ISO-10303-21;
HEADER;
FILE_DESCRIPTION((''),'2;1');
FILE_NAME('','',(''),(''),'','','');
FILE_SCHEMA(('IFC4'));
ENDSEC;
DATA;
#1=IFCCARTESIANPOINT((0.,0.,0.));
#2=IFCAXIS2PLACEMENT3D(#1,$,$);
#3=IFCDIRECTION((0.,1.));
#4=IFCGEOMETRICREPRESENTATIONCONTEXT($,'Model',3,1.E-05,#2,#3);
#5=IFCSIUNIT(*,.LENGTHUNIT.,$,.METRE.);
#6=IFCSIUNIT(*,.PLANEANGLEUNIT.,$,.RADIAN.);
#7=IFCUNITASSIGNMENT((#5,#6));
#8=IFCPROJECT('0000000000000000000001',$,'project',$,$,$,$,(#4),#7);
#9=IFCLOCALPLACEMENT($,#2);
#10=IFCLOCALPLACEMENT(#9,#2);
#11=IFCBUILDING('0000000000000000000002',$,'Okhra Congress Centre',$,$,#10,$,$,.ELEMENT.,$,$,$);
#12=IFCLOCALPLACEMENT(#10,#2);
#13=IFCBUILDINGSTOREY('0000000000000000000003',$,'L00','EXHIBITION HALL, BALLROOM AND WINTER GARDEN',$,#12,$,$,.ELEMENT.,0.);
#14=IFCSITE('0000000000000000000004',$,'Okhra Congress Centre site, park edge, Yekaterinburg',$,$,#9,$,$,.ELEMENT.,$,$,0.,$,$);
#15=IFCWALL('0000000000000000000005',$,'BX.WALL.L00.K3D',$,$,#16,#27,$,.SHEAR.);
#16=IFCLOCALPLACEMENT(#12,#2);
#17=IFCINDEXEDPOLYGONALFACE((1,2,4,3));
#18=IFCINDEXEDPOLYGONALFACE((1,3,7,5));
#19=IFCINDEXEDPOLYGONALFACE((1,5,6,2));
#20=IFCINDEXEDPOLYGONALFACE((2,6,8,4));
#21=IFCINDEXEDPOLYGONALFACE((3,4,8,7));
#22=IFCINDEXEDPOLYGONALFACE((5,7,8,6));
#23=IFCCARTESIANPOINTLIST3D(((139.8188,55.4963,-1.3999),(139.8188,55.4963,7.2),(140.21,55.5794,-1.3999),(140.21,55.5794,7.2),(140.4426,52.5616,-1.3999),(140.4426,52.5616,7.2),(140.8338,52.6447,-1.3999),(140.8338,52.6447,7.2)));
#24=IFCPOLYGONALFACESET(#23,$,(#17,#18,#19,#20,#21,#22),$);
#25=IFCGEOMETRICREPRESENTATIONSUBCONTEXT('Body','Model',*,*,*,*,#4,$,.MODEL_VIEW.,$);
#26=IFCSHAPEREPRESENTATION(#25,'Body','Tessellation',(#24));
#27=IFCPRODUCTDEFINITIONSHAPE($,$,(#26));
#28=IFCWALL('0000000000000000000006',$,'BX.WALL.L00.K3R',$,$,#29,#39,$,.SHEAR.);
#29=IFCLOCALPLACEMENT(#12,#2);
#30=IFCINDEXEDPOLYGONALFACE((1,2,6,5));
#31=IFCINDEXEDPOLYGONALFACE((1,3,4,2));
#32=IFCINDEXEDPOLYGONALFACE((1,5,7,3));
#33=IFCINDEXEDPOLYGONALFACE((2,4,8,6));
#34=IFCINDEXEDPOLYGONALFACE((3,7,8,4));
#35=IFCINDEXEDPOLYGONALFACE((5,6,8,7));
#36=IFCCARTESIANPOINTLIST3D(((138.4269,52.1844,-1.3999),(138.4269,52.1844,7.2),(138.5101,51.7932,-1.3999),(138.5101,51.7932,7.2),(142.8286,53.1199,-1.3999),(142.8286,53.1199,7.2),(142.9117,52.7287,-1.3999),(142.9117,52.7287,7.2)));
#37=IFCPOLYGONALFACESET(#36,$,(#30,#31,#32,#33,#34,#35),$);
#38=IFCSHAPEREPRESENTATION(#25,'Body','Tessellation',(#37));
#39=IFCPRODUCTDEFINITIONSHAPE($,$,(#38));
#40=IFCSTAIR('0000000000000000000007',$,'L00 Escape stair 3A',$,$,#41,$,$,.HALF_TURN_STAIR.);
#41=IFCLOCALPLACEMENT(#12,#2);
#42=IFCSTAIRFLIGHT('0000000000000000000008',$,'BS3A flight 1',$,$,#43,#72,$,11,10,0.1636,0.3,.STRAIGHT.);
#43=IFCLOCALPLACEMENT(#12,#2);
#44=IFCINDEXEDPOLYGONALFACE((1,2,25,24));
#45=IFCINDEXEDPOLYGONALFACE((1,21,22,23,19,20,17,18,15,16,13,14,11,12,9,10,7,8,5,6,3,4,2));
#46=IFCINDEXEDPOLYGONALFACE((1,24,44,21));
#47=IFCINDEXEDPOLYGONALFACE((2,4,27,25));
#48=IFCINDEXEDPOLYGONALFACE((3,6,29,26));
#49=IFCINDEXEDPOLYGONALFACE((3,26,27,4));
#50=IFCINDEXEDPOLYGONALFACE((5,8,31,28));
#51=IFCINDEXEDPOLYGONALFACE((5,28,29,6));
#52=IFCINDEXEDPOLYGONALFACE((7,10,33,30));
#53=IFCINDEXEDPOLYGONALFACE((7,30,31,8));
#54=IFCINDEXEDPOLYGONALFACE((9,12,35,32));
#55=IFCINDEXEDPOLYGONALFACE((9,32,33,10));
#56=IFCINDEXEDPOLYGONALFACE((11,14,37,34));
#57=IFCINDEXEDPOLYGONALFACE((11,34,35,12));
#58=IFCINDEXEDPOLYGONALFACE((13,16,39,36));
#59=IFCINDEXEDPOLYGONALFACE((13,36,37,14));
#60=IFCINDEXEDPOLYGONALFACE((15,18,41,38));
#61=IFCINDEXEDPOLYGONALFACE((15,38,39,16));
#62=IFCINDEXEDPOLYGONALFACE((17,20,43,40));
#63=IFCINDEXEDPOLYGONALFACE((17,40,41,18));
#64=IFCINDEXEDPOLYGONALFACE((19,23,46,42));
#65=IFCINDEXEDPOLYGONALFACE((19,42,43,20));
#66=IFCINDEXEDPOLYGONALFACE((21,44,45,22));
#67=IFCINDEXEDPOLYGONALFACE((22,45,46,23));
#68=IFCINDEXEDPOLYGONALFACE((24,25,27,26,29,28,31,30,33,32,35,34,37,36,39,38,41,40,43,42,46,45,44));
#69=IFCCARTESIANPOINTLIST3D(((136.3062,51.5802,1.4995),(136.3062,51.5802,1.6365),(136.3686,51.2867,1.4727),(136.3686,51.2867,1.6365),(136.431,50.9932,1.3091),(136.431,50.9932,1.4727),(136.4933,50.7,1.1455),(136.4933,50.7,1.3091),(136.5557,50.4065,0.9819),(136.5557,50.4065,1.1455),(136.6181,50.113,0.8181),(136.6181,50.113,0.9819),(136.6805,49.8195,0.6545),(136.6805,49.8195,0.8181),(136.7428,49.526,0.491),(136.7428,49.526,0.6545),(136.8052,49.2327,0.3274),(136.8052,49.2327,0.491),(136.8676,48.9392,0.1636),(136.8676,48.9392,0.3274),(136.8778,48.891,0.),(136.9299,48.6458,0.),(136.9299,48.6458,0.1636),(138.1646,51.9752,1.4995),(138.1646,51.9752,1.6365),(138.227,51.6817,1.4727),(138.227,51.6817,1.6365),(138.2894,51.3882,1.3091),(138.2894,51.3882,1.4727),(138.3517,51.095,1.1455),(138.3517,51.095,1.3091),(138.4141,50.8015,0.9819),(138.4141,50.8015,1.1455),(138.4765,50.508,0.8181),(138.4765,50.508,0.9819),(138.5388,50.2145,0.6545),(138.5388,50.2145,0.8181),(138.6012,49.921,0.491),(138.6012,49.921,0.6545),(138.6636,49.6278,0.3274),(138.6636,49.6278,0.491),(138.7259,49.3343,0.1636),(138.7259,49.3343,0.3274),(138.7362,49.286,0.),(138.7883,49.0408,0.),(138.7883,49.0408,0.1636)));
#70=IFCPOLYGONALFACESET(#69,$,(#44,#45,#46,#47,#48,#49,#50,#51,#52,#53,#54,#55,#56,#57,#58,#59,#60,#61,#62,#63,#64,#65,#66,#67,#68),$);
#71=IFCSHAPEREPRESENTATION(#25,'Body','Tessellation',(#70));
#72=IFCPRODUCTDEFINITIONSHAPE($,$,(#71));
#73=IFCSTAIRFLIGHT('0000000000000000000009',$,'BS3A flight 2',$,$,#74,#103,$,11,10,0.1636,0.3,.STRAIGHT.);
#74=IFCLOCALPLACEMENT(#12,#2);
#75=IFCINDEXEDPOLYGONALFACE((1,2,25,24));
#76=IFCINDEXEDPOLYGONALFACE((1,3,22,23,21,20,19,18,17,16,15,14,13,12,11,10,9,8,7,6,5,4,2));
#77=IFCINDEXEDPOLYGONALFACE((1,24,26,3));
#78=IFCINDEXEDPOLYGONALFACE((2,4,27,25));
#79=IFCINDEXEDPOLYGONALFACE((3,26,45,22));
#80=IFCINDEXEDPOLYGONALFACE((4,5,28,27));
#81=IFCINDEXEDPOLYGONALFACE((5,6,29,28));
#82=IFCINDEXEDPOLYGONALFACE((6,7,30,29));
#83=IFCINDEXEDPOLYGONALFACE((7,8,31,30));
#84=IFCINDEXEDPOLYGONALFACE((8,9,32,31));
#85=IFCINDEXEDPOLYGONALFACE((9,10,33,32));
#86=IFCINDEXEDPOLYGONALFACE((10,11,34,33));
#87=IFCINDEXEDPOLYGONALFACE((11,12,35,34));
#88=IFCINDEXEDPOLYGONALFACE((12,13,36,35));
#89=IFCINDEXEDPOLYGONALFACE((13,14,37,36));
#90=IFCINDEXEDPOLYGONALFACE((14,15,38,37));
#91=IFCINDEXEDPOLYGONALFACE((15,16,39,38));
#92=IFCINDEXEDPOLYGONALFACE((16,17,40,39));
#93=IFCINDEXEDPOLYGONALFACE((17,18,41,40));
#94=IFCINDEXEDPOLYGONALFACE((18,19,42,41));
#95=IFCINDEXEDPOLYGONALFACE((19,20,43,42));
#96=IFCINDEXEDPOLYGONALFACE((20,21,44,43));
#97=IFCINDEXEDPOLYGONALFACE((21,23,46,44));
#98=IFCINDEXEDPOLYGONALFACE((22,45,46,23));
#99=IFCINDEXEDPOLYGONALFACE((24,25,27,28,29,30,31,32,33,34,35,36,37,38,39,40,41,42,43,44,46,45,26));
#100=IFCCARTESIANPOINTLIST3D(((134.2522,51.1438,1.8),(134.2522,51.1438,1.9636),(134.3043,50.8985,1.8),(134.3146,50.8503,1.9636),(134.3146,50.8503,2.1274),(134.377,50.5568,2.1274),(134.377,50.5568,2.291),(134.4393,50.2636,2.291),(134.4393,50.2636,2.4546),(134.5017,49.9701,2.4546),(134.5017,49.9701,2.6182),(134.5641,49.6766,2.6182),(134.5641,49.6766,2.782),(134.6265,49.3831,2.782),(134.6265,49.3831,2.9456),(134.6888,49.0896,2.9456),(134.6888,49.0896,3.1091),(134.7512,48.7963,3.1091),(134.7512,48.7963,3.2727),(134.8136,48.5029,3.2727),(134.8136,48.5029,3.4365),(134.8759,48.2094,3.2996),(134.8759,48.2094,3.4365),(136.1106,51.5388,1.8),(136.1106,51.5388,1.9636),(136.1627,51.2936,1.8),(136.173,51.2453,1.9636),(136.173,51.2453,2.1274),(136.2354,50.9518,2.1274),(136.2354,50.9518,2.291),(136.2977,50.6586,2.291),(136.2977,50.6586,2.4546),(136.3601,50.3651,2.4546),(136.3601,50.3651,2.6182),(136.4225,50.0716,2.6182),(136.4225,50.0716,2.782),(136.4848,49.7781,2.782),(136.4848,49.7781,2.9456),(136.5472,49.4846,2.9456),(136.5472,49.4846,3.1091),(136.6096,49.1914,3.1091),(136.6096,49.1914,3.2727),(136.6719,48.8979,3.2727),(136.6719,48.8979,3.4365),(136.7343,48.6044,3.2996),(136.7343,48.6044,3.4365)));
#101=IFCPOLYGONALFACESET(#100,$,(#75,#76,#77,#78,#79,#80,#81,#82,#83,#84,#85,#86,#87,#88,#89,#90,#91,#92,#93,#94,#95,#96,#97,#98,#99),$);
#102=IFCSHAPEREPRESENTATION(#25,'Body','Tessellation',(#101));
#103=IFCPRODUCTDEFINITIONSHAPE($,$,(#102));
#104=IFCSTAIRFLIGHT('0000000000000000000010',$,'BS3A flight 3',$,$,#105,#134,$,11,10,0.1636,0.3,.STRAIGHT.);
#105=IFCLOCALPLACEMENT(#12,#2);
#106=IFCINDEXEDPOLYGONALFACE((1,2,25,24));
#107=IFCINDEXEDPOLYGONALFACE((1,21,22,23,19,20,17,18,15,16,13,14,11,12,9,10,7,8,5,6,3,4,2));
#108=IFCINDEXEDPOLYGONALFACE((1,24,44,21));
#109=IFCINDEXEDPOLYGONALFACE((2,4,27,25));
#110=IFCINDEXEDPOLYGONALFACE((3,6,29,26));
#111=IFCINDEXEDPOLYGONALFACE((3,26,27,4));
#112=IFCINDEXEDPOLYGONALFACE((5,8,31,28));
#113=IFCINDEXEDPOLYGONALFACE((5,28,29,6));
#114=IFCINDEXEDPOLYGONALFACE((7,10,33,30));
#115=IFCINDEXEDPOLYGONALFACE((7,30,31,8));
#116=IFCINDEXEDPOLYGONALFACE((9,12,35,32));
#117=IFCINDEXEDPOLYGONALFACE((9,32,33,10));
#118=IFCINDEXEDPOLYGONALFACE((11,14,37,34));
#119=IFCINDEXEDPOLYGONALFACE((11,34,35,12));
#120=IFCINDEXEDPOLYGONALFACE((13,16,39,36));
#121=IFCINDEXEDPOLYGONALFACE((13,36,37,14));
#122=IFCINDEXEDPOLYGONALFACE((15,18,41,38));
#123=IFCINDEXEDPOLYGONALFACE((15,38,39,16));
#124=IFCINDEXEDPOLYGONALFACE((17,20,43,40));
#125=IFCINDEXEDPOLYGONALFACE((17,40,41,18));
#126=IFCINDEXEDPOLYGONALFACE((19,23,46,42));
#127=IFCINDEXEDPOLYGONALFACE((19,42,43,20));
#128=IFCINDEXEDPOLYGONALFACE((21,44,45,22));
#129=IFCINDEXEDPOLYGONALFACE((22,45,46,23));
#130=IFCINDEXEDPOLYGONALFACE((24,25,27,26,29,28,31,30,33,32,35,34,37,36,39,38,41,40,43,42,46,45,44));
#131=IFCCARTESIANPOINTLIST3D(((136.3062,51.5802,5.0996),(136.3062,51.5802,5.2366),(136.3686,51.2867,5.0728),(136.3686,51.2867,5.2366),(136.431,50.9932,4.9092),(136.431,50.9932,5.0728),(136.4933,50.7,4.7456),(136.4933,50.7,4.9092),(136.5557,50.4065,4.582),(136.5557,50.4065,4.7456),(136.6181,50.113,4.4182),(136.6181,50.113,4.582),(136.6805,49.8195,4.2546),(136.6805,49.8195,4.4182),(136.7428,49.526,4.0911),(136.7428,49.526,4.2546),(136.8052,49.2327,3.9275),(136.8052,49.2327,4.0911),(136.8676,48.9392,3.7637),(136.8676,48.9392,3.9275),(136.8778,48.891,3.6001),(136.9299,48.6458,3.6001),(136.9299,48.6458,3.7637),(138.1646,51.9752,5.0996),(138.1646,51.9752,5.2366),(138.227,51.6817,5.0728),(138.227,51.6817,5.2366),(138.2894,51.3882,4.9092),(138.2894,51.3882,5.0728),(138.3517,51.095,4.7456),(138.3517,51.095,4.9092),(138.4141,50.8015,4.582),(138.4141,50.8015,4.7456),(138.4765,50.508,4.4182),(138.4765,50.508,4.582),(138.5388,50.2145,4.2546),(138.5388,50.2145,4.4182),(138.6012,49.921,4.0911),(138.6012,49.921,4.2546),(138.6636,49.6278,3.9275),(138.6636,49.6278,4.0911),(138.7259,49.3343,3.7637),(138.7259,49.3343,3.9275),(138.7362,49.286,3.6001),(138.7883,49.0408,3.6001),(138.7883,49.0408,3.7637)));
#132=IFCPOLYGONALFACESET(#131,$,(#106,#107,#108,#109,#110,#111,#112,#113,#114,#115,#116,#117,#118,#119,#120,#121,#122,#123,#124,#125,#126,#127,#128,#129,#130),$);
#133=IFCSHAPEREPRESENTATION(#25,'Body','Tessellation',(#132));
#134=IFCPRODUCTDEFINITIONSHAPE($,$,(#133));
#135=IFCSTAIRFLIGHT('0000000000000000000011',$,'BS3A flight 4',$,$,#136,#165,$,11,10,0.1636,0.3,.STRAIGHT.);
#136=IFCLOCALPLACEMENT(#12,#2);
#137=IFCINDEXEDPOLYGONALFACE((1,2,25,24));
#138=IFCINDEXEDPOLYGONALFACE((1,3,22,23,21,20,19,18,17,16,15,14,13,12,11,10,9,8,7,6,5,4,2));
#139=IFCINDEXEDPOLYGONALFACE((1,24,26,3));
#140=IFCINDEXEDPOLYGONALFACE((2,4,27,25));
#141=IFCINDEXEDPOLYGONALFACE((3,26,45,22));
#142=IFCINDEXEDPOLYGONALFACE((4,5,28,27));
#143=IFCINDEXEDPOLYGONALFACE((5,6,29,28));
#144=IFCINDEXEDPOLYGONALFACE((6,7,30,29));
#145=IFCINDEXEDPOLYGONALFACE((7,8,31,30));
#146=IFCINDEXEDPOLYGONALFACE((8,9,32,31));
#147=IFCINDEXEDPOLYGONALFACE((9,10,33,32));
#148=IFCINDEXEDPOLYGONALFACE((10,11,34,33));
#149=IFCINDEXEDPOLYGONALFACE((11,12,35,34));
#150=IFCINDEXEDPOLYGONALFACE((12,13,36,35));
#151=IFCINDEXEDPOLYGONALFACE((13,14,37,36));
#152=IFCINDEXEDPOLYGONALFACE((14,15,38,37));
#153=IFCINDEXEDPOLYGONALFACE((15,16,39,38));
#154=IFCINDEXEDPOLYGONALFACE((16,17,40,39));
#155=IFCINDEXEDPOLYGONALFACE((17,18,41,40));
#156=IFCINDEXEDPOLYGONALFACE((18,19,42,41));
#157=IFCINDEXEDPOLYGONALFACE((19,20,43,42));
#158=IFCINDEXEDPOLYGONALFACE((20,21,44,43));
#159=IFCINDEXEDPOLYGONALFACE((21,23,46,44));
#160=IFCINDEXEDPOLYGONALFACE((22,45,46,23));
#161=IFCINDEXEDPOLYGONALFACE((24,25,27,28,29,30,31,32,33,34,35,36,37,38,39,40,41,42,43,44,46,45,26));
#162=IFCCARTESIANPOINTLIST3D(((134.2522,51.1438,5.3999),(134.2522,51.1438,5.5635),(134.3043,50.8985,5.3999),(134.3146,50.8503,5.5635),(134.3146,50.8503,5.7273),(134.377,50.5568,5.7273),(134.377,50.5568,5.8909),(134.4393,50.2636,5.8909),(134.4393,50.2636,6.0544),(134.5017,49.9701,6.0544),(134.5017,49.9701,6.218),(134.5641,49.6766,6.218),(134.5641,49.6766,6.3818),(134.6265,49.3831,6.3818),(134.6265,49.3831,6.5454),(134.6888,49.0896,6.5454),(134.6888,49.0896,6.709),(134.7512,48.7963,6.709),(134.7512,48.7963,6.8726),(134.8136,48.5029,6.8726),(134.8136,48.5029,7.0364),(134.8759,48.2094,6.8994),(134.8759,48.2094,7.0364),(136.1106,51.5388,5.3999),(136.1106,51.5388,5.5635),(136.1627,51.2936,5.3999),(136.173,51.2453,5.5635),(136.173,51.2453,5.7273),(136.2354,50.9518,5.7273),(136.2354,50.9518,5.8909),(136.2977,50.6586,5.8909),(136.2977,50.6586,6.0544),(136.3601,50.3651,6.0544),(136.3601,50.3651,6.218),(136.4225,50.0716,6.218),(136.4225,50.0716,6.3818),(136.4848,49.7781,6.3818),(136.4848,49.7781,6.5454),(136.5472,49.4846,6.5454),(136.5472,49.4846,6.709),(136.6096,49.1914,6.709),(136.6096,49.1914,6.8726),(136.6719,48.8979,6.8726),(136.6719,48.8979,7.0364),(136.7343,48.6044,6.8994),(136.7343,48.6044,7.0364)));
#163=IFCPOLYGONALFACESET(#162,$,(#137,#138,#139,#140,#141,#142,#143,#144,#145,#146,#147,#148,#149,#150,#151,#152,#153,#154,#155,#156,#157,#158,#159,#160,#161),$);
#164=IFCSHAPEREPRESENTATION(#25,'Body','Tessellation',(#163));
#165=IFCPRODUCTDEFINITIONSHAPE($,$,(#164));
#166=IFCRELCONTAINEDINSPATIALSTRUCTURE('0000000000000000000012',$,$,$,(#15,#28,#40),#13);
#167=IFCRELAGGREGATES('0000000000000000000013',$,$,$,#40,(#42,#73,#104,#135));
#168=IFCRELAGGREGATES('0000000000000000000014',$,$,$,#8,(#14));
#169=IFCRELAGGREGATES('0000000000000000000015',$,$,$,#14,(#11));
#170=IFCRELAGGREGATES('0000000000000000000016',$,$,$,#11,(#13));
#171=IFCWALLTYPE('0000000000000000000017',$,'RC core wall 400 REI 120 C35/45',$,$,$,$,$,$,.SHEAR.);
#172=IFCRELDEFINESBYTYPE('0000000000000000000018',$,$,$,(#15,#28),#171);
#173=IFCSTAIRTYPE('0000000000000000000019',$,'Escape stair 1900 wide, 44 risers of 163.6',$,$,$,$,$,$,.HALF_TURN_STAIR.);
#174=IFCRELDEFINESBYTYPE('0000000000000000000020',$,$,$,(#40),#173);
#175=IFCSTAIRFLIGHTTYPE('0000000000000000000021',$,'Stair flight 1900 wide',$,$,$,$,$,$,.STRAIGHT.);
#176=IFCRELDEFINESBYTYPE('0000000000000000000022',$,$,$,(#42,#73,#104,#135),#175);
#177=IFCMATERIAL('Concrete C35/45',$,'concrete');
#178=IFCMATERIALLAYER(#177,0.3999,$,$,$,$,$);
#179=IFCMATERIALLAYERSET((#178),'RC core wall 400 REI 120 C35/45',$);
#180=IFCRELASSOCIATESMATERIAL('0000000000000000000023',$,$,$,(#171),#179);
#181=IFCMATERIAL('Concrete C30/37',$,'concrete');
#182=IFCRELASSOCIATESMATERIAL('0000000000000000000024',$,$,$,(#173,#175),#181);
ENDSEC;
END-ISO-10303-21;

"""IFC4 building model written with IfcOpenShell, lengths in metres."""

from ifc_helpers import new_model, si_unit, direction, frame, frame_2d, origin, place, context, subcontext, project, spatial, polyline, rectangle, outline, extrude, material, layer, layer_set, type_object, element, aggregate, save


model = new_model("IFC4")

# Units and contexts
model_context = context("Model", 3, precision=1e-05, world=origin(), true_north=direction((0.0, 1.0)))
body_context = subcontext(model_context, "Body", "Model", "MODEL_VIEW")
ifc_project = project(units=[si_unit("LENGTHUNIT", "METRE"), si_unit("PLANEANGLEUNIT", "RADIAN")], contexts=[model_context])

# Site, building, storey
site_placement = place(None, origin())
site = spatial("IfcSite", under=ifc_project, at=site_placement, Name="Okhra Congress Centre site, park edge, Yekaterinburg", CompositionType="ELEMENT", RefElevation=0.0)
building_placement = place(site_placement, origin())
building = spatial("IfcBuilding", under=site, at=building_placement, Name="Okhra Congress Centre", CompositionType="ELEMENT")
storey_placement = place(building_placement, origin())
storey = spatial("IfcBuildingStorey", under=building, at=storey_placement, Name="L00", Description="EXHIBITION HALL, BALLROOM AND WINTER GARDEN", CompositionType="ELEMENT", Elevation=0.0)

# Shared definitions
ifc_material_1 = material(Name="Concrete C30/37", Category="concrete")

# Shared definitions
ifc_material_2 = material(Name="Concrete C35/45", Category="concrete")

# Walls
ifc_layer = layer(ifc_material_2, 0.3999)
ifc_layer_set = layer_set([ifc_layer], Name="RC core wall 400 REI 120 C35/45")
wall_type = type_object("IfcWallType", Name="RC core wall 400 REI 120 C35/45", PredefinedType="SHEAR", material=ifc_layer_set)
wall_1_placement = place(storey_placement, frame((140.6382, 52.6033, -1.3999), z_axis=(0.0, 0.0, 1.0), x_axis=(-0.207917, 0.978146, 0.0)))
element("IfcWall", 1, at=wall_1_placement, inside=storey, type_object=wall_type, Name="BX.WALL.L00.K3D", PredefinedType="SHEAR", context=body_context, shape_type="SweptSolid", body=[
    extrude(rectangle(XDim=3.0002, YDim=0.3999, at=frame_2d((1.5, 0.0))), origin(), (0.0, 0.0, 1.0), 8.5999),
])
wall_2_placement = place(storey_placement, frame((138.4685, 51.9888, -1.3999), z_axis=(0.0, 0.0, 1.0), x_axis=(0.97815, 0.207902, 0.0)))
element("IfcWall", 2, at=wall_2_placement, inside=storey, type_object=wall_type, Name="BX.WALL.L00.K3R", PredefinedType="SHEAR", context=body_context, shape_type="SweptSolid", body=[
    extrude(rectangle(XDim=4.5, YDim=0.3999, at=frame_2d((2.25, 0.0))), origin(), (0.0, 0.0, 1.0), 8.5999),
])

# Stair, stair flights
stair_type = type_object("IfcStairType", Name="Escape stair 1900 wide, 44 risers of 163.6", PredefinedType="HALF_TURN_STAIR", material=ifc_material_1)
stair_placement = place(storey_placement, origin())
stair = element("IfcStair", 3, at=stair_placement, inside=storey, type_object=stair_type, Name="L00 Escape stair 3A", PredefinedType="HALF_TURN_STAIR")
stair_flight_type = type_object("IfcStairFlightType", Name="Stair flight 1900 wide", PredefinedType="STRAIGHT", material=ifc_material_1)
stair_flight_1_placement = place(storey_placement, frame((137.8591, 48.8433, 0.0), z_axis=(0.0, 0.0, 1.0), x_axis=(-0.207912, 0.978148, 0.0)))
stair_flight_1 = element("IfcStairFlight", 4, at=stair_flight_1_placement, type_object=stair_flight_type, Name="BS3A flight 1", NumberOfRisers=11, NumberOfTreads=10, PredefinedType="STRAIGHT", RiserHeight=0.1636, TreadLength=0.3, context=body_context, shape_type="SweptSolid", body=[
    extrude(outline(polyline([(0.0, 0.0), (0.0, 0.1636), (0.3, 0.1636), (0.3, 0.3274), (0.6001, 0.3274), (0.6001, 0.491), (0.8999, 0.491), (0.8999, 0.6545), (1.2, 0.6545), (1.2, 0.8181), (1.5, 0.8181), (1.5, 0.9819), (1.8, 0.9819), (1.8, 1.1455), (2.1001, 1.1455), (2.1001, 1.3091), (2.3999, 1.3091), (2.3999, 1.4727), (2.7, 1.4727), (2.7, 1.6365), (3.0, 1.6365), (3.0, 1.8), (3.0, 1.4995), (0.2507, 0.0), (0.0, 0.0)])), frame((0.0, 0.95, 0.0), z_axis=(0.0, -1.0, 0.0), x_axis=(1.0, 0.0, 0.0)), (0.0, 0.0, 1.0), 1.8999),
])
stair_flight_2_placement = place(storey_placement, frame((135.1814, 51.3413, 1.8), z_axis=(0.0, 0.0, 1.0), x_axis=(0.207912, -0.978148, 0.0)))
stair_flight_2 = element("IfcStairFlight", 5, at=stair_flight_2_placement, type_object=stair_flight_type, Name="BS3A flight 2", NumberOfRisers=11, NumberOfTreads=10, PredefinedType="STRAIGHT", RiserHeight=0.1636, TreadLength=0.3, context=body_context, shape_type="SweptSolid", body=[
    extrude(outline(polyline([(0.0, 0.0), (0.0, 0.1636), (0.3, 0.1636), (0.3, 0.3274), (0.6001, 0.3274), (0.6001, 0.491), (0.8999, 0.491), (0.8999, 0.6545), (1.2, 0.6545), (1.2, 0.8181), (1.5, 0.8181), (1.5, 0.9819), (1.8, 0.9819), (1.8, 1.1455), (2.1001, 1.1455), (2.1001, 1.3091), (2.3999, 1.3091), (2.3999, 1.4727), (2.7, 1.4727), (2.7, 1.6365), (3.0, 1.6365), (3.0, 1.8), (3.0, 1.4995), (0.2507, 0.0), (0.0, 0.0)])), frame((0.0, 0.95, 0.0), z_axis=(0.0, -1.0, 0.0), x_axis=(1.0, 0.0, 0.0)), (0.0, 0.0, 1.0), 1.8999),
])
stair_flight_3_placement = place(storey_placement, frame((137.8591, 48.8433, 3.6001), z_axis=(0.0, 0.0, 1.0), x_axis=(-0.207912, 0.978148, 0.0)))
stair_flight_3 = element("IfcStairFlight", 6, at=stair_flight_3_placement, type_object=stair_flight_type, Name="BS3A flight 3", NumberOfRisers=11, NumberOfTreads=10, PredefinedType="STRAIGHT", RiserHeight=0.1636, TreadLength=0.3, context=body_context, shape_type="SweptSolid", body=[
    extrude(outline(polyline([(0.0, 0.0), (0.0, 0.1636), (0.3, 0.1636), (0.3, 0.3274), (0.6001, 0.3274), (0.6001, 0.491), (0.8999, 0.491), (0.8999, 0.6545), (1.2, 0.6545), (1.2, 0.8181), (1.5, 0.8181), (1.5, 0.9819), (1.8, 0.9819), (1.8, 1.1455), (2.1001, 1.1455), (2.1001, 1.3091), (2.3999, 1.3091), (2.3999, 1.4727), (2.7, 1.4727), (2.7, 1.6365), (3.0, 1.6365), (3.0, 1.8), (3.0, 1.4995), (0.2507, 0.0), (0.0, 0.0)])), frame((0.0, 0.95, 0.0), z_axis=(0.0, -1.0, 0.0), x_axis=(1.0, 0.0, 0.0)), (0.0, 0.0, 1.0), 1.8999),
])
stair_flight_4_placement = place(storey_placement, frame((135.1814, 51.3413, 5.3999), z_axis=(0.0, 0.0, 1.0), x_axis=(0.207912, -0.978148, 0.0)))
stair_flight_4 = element("IfcStairFlight", 7, at=stair_flight_4_placement, type_object=stair_flight_type, Name="BS3A flight 4", NumberOfRisers=11, NumberOfTreads=10, PredefinedType="STRAIGHT", RiserHeight=0.1636, TreadLength=0.3, context=body_context, shape_type="SweptSolid", body=[
    extrude(outline(polyline([(0.0, 0.0), (0.0, 0.1636), (0.3, 0.1636), (0.3, 0.3274), (0.6001, 0.3274), (0.6001, 0.491), (0.8999, 0.491), (0.8999, 0.6545), (1.2, 0.6545), (1.2, 0.8181), (1.5, 0.8181), (1.5, 0.9819), (1.8, 0.9819), (1.8, 1.1455), (2.1001, 1.1455), (2.1001, 1.3091), (2.3999, 1.3091), (2.3999, 1.4727), (2.7, 1.4727), (2.7, 1.6365), (3.0, 1.6365), (3.0, 1.8), (3.0, 1.4995), (0.2507, 0.0), (0.0, 0.0)])), frame((0.0, 0.95, 0.0), z_axis=(0.0, -1.0, 0.0), x_axis=(1.0, 0.0, 0.0)), (0.0, 0.0, 1.0), 1.8999),
])
aggregate(stair, [stair_flight_1, stair_flight_2, stair_flight_3, stair_flight_4])

save(model, "model.ifc")
